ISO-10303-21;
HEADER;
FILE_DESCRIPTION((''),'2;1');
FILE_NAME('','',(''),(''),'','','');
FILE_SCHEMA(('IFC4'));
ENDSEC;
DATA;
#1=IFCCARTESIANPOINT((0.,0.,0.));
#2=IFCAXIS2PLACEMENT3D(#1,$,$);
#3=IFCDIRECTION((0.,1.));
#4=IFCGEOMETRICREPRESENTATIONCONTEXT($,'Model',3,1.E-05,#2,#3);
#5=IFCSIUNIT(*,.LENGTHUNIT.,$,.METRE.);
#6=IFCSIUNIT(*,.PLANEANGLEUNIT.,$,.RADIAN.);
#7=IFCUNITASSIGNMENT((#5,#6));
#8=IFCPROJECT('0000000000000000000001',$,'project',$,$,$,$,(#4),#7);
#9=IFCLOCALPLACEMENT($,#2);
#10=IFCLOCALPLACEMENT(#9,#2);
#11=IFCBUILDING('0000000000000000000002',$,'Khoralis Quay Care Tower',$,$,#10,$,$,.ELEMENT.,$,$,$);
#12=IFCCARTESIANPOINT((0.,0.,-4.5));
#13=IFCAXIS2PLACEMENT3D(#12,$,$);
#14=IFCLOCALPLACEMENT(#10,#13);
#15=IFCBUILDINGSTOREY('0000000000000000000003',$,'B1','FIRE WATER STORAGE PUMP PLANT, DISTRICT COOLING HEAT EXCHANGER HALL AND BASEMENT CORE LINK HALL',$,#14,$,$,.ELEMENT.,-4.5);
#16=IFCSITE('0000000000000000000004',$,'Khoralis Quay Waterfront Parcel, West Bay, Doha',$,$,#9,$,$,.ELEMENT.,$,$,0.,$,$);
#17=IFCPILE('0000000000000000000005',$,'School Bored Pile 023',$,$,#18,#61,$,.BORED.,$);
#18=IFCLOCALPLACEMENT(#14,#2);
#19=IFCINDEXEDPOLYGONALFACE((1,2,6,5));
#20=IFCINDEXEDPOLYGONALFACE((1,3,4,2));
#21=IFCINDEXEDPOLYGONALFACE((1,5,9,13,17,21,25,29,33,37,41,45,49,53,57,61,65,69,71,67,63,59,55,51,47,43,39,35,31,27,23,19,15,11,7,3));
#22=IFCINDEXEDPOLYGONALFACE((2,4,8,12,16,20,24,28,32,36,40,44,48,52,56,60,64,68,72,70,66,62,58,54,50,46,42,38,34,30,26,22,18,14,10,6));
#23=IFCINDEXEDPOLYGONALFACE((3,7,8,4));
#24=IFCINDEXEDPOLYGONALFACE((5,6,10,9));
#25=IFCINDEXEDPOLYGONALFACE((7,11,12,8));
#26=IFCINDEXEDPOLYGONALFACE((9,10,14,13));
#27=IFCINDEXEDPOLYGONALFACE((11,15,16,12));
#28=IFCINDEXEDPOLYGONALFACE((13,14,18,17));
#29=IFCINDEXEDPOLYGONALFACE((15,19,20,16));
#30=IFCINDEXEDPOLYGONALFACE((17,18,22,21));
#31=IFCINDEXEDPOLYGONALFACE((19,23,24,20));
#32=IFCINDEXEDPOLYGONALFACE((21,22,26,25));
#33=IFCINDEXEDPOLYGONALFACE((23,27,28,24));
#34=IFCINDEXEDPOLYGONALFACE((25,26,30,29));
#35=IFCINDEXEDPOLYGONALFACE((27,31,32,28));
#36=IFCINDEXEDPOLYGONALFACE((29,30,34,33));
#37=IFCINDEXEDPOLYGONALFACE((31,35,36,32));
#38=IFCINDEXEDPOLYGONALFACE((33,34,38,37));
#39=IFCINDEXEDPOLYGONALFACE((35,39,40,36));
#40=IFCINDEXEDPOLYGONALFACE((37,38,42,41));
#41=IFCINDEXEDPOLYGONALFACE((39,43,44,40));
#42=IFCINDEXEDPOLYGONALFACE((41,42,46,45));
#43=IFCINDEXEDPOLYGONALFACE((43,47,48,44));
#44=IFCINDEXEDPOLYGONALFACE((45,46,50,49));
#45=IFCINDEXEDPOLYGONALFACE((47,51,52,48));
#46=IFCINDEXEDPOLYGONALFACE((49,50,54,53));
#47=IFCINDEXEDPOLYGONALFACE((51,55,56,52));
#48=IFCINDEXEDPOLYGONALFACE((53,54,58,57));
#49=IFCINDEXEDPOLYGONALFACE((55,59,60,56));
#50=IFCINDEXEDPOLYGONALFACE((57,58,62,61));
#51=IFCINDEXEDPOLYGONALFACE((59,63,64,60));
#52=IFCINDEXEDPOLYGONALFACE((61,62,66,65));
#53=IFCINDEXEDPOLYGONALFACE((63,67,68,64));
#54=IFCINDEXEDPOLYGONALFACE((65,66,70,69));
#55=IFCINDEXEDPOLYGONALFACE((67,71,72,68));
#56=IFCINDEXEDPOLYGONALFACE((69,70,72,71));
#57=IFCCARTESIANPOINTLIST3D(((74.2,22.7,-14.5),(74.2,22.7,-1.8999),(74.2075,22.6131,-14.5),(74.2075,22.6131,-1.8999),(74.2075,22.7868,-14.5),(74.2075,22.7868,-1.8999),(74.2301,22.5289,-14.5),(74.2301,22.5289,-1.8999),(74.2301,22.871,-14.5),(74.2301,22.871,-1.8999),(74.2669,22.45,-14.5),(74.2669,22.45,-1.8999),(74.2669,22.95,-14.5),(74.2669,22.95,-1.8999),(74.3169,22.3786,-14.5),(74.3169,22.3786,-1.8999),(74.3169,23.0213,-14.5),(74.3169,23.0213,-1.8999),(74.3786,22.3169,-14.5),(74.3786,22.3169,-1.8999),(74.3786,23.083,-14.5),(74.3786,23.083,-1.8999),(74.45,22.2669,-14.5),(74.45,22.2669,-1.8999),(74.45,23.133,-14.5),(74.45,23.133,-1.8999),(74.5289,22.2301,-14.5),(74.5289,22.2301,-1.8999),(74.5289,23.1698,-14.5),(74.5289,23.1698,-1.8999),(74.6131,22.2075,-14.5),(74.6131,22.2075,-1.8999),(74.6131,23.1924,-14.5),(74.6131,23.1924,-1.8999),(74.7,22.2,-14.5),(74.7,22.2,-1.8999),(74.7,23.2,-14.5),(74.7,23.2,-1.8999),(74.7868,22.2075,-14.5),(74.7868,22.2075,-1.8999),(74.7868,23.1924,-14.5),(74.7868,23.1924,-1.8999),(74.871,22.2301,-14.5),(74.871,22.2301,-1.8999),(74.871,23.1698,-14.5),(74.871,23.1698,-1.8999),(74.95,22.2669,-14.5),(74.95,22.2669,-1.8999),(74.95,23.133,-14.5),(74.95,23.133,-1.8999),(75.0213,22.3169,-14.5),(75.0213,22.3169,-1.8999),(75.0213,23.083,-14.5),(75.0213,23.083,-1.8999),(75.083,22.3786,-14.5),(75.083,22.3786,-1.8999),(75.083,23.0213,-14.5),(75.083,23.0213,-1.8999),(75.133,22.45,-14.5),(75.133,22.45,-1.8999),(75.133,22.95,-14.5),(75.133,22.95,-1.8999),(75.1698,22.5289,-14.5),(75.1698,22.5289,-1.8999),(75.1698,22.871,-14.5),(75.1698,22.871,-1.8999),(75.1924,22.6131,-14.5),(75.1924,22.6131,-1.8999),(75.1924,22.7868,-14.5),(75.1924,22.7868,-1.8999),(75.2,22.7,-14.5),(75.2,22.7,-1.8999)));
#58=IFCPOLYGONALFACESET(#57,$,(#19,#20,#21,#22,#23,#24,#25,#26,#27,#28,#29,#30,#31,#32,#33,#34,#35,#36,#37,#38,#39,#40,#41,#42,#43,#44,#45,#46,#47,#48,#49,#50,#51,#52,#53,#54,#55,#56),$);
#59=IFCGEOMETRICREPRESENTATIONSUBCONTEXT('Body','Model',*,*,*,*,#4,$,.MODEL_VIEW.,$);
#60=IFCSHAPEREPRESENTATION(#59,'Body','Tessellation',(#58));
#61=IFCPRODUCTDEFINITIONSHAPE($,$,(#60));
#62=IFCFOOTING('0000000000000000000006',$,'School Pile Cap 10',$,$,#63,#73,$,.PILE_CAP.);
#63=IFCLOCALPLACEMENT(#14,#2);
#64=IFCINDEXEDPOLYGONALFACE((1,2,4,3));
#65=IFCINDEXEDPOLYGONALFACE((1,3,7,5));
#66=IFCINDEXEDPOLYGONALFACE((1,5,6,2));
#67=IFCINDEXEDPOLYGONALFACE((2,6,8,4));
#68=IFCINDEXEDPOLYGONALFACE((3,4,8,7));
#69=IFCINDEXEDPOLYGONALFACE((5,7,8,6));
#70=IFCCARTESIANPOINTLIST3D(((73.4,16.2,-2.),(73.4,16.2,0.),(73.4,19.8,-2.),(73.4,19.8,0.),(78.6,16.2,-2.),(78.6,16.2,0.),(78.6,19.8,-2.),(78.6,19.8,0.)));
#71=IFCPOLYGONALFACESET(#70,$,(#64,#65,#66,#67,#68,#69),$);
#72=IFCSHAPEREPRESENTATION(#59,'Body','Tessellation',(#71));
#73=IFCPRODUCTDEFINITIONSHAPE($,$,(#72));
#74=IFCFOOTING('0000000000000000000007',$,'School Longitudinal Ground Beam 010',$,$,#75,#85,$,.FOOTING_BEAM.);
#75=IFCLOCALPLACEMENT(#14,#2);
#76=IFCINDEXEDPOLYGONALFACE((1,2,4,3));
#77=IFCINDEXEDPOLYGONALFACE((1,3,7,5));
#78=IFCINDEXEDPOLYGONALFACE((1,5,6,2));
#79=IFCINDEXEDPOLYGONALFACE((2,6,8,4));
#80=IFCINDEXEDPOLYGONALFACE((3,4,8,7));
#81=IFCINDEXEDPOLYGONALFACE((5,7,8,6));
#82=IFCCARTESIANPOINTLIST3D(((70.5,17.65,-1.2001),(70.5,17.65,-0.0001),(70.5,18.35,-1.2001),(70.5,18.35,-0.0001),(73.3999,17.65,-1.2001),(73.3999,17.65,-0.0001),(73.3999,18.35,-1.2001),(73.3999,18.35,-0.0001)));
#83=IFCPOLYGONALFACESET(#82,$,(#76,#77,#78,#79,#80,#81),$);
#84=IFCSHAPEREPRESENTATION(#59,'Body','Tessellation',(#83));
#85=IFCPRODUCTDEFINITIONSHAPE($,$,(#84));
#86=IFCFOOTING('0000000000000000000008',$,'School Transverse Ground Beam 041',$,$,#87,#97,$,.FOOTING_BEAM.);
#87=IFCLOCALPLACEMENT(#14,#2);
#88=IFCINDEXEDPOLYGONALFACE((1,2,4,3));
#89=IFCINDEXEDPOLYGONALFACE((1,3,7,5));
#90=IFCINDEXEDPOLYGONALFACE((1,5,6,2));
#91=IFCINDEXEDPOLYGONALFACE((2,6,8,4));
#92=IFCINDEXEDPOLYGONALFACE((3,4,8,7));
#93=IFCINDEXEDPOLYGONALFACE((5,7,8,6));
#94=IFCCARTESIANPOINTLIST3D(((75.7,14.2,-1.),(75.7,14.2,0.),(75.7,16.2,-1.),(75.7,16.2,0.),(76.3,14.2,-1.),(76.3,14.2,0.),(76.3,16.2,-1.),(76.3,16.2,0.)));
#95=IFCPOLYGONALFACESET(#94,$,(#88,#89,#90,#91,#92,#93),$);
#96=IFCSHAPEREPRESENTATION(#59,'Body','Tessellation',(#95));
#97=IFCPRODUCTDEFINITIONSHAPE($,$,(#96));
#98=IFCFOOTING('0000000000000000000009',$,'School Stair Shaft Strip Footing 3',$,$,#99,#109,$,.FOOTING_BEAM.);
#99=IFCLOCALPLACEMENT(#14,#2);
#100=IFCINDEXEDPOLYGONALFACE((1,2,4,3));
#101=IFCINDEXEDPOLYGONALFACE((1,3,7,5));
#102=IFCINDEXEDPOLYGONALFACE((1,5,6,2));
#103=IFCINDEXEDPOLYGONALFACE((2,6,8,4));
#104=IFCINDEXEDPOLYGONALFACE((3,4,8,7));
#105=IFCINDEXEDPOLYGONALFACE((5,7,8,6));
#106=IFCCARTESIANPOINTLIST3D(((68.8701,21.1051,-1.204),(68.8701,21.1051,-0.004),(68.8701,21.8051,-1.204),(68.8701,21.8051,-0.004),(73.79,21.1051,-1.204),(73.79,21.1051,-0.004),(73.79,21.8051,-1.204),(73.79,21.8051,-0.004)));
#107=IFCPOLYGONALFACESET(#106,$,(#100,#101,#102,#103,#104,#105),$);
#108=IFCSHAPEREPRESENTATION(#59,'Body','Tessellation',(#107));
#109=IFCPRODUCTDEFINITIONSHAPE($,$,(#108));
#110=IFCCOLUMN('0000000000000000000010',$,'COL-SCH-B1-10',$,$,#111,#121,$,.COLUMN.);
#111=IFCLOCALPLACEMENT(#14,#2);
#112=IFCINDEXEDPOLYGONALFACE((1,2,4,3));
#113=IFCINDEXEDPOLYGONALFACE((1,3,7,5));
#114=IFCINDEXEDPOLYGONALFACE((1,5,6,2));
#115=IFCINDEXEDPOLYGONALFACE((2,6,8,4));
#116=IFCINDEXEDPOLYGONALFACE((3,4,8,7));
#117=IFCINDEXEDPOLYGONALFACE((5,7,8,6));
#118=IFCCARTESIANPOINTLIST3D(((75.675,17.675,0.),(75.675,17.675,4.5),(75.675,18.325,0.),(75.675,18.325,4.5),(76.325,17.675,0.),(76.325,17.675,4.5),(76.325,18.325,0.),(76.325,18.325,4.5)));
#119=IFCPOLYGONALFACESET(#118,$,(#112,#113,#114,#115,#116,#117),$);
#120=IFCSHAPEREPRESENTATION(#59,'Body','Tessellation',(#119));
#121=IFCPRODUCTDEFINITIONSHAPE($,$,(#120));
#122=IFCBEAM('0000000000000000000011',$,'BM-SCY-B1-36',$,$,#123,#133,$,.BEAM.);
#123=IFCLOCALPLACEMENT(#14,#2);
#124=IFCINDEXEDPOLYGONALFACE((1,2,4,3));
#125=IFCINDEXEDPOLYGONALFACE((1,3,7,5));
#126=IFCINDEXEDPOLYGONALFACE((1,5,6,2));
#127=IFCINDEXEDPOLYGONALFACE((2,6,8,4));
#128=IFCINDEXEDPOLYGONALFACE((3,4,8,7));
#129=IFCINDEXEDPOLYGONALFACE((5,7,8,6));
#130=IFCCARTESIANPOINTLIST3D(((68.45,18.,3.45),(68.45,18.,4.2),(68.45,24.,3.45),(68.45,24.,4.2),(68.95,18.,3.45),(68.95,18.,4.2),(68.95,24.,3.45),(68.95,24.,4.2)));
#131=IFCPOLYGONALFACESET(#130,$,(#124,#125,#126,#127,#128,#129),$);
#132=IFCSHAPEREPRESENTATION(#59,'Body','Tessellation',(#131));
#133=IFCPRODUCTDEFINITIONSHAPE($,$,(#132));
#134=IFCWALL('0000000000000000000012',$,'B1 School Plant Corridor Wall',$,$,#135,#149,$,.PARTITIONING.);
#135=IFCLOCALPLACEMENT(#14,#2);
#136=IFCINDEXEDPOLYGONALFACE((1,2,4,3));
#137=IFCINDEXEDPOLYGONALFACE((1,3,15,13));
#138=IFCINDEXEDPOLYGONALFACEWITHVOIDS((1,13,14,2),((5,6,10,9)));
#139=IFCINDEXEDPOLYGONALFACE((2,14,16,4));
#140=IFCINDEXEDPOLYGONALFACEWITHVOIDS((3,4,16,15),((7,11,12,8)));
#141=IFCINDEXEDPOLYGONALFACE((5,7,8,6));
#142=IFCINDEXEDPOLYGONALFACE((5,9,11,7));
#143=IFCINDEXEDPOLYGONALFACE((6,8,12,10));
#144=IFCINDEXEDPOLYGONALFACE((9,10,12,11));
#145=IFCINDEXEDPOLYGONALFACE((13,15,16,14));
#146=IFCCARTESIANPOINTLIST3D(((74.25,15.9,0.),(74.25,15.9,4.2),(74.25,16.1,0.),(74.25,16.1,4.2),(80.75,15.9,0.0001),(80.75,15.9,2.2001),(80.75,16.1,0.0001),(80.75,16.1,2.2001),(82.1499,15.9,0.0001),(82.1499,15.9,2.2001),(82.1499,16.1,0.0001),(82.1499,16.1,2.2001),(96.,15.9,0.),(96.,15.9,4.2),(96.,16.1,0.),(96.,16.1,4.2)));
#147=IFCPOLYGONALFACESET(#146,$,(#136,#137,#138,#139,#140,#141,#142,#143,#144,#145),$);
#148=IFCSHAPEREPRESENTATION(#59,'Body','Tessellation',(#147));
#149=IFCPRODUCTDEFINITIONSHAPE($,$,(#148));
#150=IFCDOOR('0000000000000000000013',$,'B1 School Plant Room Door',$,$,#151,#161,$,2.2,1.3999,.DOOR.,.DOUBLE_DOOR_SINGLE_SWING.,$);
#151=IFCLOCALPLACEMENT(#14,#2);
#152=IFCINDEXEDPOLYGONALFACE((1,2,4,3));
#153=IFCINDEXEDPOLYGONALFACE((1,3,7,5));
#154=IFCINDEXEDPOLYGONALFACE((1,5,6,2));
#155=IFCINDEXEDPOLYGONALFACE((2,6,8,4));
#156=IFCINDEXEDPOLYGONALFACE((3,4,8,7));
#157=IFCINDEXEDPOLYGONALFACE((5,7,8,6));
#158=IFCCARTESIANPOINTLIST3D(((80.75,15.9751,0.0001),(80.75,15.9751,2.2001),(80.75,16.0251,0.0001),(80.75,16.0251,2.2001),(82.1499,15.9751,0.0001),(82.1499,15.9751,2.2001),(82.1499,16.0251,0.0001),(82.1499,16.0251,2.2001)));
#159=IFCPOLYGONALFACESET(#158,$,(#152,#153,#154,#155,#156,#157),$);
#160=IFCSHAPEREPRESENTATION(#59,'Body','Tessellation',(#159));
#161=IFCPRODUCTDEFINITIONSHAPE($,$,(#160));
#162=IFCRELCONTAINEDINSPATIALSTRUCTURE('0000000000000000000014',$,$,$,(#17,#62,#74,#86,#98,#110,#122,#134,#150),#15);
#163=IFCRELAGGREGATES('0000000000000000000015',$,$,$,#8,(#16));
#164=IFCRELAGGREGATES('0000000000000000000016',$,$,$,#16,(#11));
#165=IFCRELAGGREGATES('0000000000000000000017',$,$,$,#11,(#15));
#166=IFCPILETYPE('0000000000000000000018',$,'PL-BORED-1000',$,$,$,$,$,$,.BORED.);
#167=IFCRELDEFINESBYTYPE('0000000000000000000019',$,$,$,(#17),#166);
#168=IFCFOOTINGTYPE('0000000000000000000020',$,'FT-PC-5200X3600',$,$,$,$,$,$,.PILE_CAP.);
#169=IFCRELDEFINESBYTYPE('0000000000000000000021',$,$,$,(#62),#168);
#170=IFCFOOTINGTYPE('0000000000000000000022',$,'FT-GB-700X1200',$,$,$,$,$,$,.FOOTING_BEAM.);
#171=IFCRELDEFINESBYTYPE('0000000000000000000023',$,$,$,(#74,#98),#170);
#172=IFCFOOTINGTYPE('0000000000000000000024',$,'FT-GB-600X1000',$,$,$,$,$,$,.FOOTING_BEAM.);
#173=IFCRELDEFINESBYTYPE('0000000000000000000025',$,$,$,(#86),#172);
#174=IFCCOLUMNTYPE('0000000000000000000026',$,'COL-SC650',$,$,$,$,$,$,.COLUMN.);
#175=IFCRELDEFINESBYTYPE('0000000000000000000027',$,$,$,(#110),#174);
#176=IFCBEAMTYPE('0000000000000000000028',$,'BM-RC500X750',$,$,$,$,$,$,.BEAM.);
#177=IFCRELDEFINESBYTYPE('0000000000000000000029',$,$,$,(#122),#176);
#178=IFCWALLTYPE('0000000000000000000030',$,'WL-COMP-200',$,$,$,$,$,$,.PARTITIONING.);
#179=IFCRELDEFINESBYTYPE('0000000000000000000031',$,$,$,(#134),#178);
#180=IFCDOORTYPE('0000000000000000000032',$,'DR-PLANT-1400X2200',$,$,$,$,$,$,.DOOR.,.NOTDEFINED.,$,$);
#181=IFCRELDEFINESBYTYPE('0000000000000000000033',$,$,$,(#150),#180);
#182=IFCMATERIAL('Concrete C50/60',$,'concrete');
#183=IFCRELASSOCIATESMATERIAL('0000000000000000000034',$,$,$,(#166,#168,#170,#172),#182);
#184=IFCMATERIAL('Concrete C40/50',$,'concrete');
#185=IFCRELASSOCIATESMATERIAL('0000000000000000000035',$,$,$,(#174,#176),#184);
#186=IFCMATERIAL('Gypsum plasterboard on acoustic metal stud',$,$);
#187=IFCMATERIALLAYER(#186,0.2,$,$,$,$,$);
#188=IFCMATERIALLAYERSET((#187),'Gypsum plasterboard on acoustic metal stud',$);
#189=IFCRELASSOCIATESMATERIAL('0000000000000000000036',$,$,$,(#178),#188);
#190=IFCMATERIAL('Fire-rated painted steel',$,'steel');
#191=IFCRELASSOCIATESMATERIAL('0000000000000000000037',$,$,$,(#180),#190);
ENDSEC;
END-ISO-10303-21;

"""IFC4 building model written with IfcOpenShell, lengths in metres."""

from ifc_helpers import new_model, si_unit, direction, frame, frame_2d, origin, origin_2d, place, context, subcontext, project, spatial, rectangle, circle, extrude, source, transform, mapped, material, layer, layer_set, material_profile, profile_set, type_object, element, fill, save


model = new_model("IFC4")

# Units and contexts
model_context = context("Model", 3, precision=1e-05, world=origin(), true_north=direction((0.0, 1.0)))
body_context = subcontext(model_context, "Body", "Model", "MODEL_VIEW")
ifc_project = project(units=[si_unit("LENGTHUNIT", "METRE"), si_unit("PLANEANGLEUNIT", "RADIAN")], contexts=[model_context])

# Site, building, storey
site_placement = place(None, origin())
site = spatial("IfcSite", under=ifc_project, at=site_placement, Name="Khoralis Quay Waterfront Parcel, West Bay, Doha", CompositionType="ELEMENT", RefElevation=0.0)
building_placement = place(site_placement, origin())
building = spatial("IfcBuilding", under=site, at=building_placement, Name="Khoralis Quay Care Tower", CompositionType="ELEMENT")
storey_placement = place(building_placement, frame((0.0, 0.0, -4.5)))
storey = spatial("IfcBuildingStorey", under=building, at=storey_placement, Name="B1", Description="FIRE WATER STORAGE PUMP PLANT, DISTRICT COOLING HEAT EXCHANGER HALL AND BASEMENT CORE LINK HALL", CompositionType="ELEMENT", Elevation=-4.5)

# Pile
ifc_material_1 = material(Name="Concrete C50/60", Category="concrete")
ifc_material_profile_1 = material_profile(ifc_material_1, circle(Radius=0.5, at=origin_2d()), Name="Concrete C50/60")
ifc_profile_set_1 = profile_set([ifc_material_profile_1], Name="Concrete C50/60")
pile_type_1 = type_object("IfcPileType", Name="PL-BORED-1000", PredefinedType="BORED", material=ifc_profile_set_1)
shared_shape_1 = source(origin(), body_context, "Body", "SweptSolid", [
    extrude(circle(Radius=0.5, at=origin_2d()), origin(), (0.0, 0.0, 1.0), 12.6001),
])
for number, where, z_axis, x_axis, name in (
    (1, (74.7, 22.7, -1.8999), (0.0, 0.0, -1.0), (1.0, 0.0, 0.0), "School Bored Pile 023"),
):
    element("IfcPile", number, at=place(storey_placement, frame(where, z_axis=z_axis, x_axis=x_axis)), inside=storey, type_object=pile_type_1, Name=name, PredefinedType="BORED", context=body_context, shape_type="MappedRepresentation", body=[
        mapped(shared_shape_1, transform((0.0, 0.0, 0.0), scale=1.0)),
    ])

# Footings
footing_type_1 = type_object("IfcFootingType", Name="FT-PC-5200X3600", PredefinedType="PILE_CAP", material=ifc_material_1)
shared_shape_2 = source(origin(), body_context, "Body", "SweptSolid", [
    extrude(rectangle(XDim=5.2, YDim=3.6001, at=origin_2d()), origin(), (0.0, 0.0, 1.0), 2.0),
])
footing_1_placement = place(storey_placement, frame((76.0, 18.0, -2.0), z_axis=(0.0, 0.0, 1.0), x_axis=(1.0, 0.0, 0.0)))
element("IfcFooting", 2, at=footing_1_placement, inside=storey, type_object=footing_type_1, Name="School Pile Cap 10", PredefinedType="PILE_CAP", context=body_context, shape_type="MappedRepresentation", body=[
    mapped(shared_shape_2, transform((0.0, 0.0, 0.0), scale=1.0)),
])
ifc_material_profile_2 = material_profile(ifc_material_1, rectangle(XDim=0.7, YDim=1.2, at=origin_2d()), Name="Concrete C50/60")
ifc_profile_set_2 = profile_set([ifc_material_profile_2], Name="Concrete C50/60")
footing_type_2 = type_object("IfcFootingType", Name="FT-GB-700X1200", PredefinedType="FOOTING_BEAM", material=ifc_profile_set_2)
shared_shape_3 = source(origin(), body_context, "Body", "SweptSolid", [
    extrude(rectangle(XDim=0.7, YDim=1.2, at=origin_2d()), origin(), (0.0, 0.0, 1.0), 2.8999),
])
footing_2_placement = place(storey_placement, frame((70.5, 18.0, -0.6001), z_axis=(1.0, 0.0, 0.0), x_axis=(0.0, 1.0, 0.0)))
element("IfcFooting", 3, at=footing_2_placement, inside=storey, type_object=footing_type_2, Name="School Longitudinal Ground Beam 010", PredefinedType="FOOTING_BEAM", context=body_context, shape_type="MappedRepresentation", body=[
    mapped(shared_shape_3, transform((0.0, 0.0, 0.0), scale=1.0)),
])
ifc_material_profile_3 = material_profile(ifc_material_1, rectangle(XDim=0.6001, YDim=1.0, at=origin_2d()), Name="Concrete C50/60")
ifc_profile_set_3 = profile_set([ifc_material_profile_3], Name="Concrete C50/60")
footing_type_3 = type_object("IfcFootingType", Name="FT-GB-600X1000", PredefinedType="FOOTING_BEAM", material=ifc_profile_set_3)
shared_shape_4 = source(origin(), body_context, "Body", "SweptSolid", [
    extrude(rectangle(XDim=0.6001, YDim=1.0, at=origin_2d()), origin(), (0.0, 0.0, 1.0), 2.0),
])
footing_3_placement = place(storey_placement, frame((76.0, 14.2, -0.5), z_axis=(0.0, 1.0, 0.0), x_axis=(-1.0, 0.0, 0.0)))
element("IfcFooting", 4, at=footing_3_placement, inside=storey, type_object=footing_type_3, Name="School Transverse Ground Beam 041", PredefinedType="FOOTING_BEAM", context=body_context, shape_type="MappedRepresentation", body=[
    mapped(shared_shape_4, transform((0.0, 0.0, 0.0), scale=1.0)),
])
shared_shape_5 = source(origin(), body_context, "Body", "SweptSolid", [
    extrude(rectangle(XDim=0.7, YDim=1.2, at=origin_2d()), origin(), (0.0, 0.0, 1.0), 4.9199),
])
footing_4_placement = place(storey_placement, frame((68.8701, 21.4551, -0.604), z_axis=(1.0, 0.0, 0.0), x_axis=(0.0, 1.0, 0.0)))
element("IfcFooting", 5, at=footing_4_placement, inside=storey, type_object=footing_type_2, Name="School Stair Shaft Strip Footing 3", PredefinedType="FOOTING_BEAM", context=body_context, shape_type="MappedRepresentation", body=[
    mapped(shared_shape_5, transform((0.0, 0.0, 0.0), scale=1.0)),
])

# Column
ifc_material_2 = material(Name="Concrete C40/50", Category="concrete")
ifc_material_profile_4 = material_profile(ifc_material_2, rectangle(XDim=0.6499, YDim=0.6499, at=origin_2d()), Name="Concrete C40/50")
ifc_profile_set_4 = profile_set([ifc_material_profile_4], Name="Concrete C40/50")
column_type = type_object("IfcColumnType", Name="COL-SC650", PredefinedType="COLUMN", material=ifc_profile_set_4)
shared_shape_6 = source(origin(), body_context, "Body", "SweptSolid", [
    extrude(rectangle(XDim=0.6499, YDim=0.6499, at=origin_2d()), origin(), (0.0, 0.0, 1.0), 4.5),
])
column_placement = place(storey_placement, frame((76.0, 18.0, 0.0), z_axis=(0.0, 0.0, 1.0), x_axis=(1.0, 0.0, 0.0)))
element("IfcColumn", 6, at=column_placement, inside=storey, type_object=column_type, Name="COL-SCH-B1-10", PredefinedType="COLUMN", context=body_context, shape_type="MappedRepresentation", body=[
    mapped(shared_shape_6, transform((0.0, 0.0, 0.0), scale=1.0)),
])

# Beam
ifc_material_profile_5 = material_profile(ifc_material_2, rectangle(XDim=0.5, YDim=0.75, at=origin_2d()), Name="Concrete C40/50")
ifc_profile_set_5 = profile_set([ifc_material_profile_5], Name="Concrete C40/50")
beam_type = type_object("IfcBeamType", Name="BM-RC500X750", PredefinedType="BEAM", material=ifc_profile_set_5)
shared_shape_7 = source(origin(), body_context, "Body", "SweptSolid", [
    extrude(rectangle(XDim=0.5, YDim=0.75, at=origin_2d()), origin(), (0.0, 0.0, 1.0), 6.0),
])
beam_placement = place(storey_placement, frame((68.7, 18.0, 3.825), z_axis=(0.0, 1.0, 0.0), x_axis=(-1.0, 0.0, 0.0)))
element("IfcBeam", 7, at=beam_placement, inside=storey, type_object=beam_type, Name="BM-SCY-B1-36", PredefinedType="BEAM", context=body_context, shape_type="MappedRepresentation", body=[
    mapped(shared_shape_7, transform((0.0, 0.0, 0.0), scale=1.0)),
])

# Wall, opening, door
ifc_material_3 = material(Name="Gypsum plasterboard on acoustic metal stud")
ifc_layer_1 = layer(ifc_material_3, 0.2)
ifc_layer_set_1 = layer_set([ifc_layer_1], Name="Gypsum plasterboard on acoustic metal stud")
wall_type_1 = type_object("IfcWallType", Name="WL-COMP-200", PredefinedType="PARTITIONING", material=ifc_layer_set_1)
wall_1_placement = place(storey_placement, frame((74.25, 16.0, 0.0), z_axis=(0.0, 0.0, 1.0), x_axis=(1.0, 0.0, 0.0)))
wall_1 = element("IfcWall", 8, at=wall_1_placement, inside=storey, type_object=wall_type_1, Name="B1 School Plant Corridor Wall", PredefinedType="PARTITIONING", context=body_context, shape_type="SweptSolid", body=[
    extrude(rectangle(XDim=21.75, YDim=0.2, at=frame_2d((10.875, 0.0))), origin(), (0.0, 0.0, 1.0), 4.2),
])
opening_placement = place(wall_1_placement, frame((6.5, 0.0, 0.0)))
opening = element("IfcOpeningElement", 9, at=opening_placement, cuts=wall_1, PredefinedType="OPENING", context=body_context, shape_type="SweptSolid", body=[
    extrude(rectangle(XDim=1.3999, YDim=2.2, at=frame_2d((0.7, 1.1001))), frame((0.0, 0.1099, 0.0), z_axis=(0.0, -1.0, 0.0), x_axis=(1.0, 0.0, 0.0)), (0.0, 0.0, 1.0), 0.22),
])
ifc_material_4 = material(Name="Fire-rated painted steel", Category="steel")
door_type = type_object("IfcDoorType", Name="DR-PLANT-1400X2200", OperationType="NOTDEFINED", PredefinedType="DOOR", material=ifc_material_4)
shared_shape_8 = source(origin(), body_context, "Body", "SweptSolid", [
    extrude(rectangle(XDim=1.3999, YDim=2.2, at=frame_2d((0.7, 1.1001))), frame((0.0, 0.0249, 0.0), z_axis=(0.0, -1.0, 0.0), x_axis=(1.0, 0.0, 0.0)), (0.0, 0.0, 1.0), 0.05),
])
door_placement = place(opening_placement, frame((1.3999, 0.0, 0.0), z_axis=(0.0, 0.0, 1.0), x_axis=(-1.0, 0.0, 0.0)))
door = element("IfcDoor", 10, at=door_placement, inside=storey, type_object=door_type, Name="B1 School Plant Room Door", OperationType="DOUBLE_DOOR_SINGLE_SWING", OverallHeight=2.2, OverallWidth=1.3999, PredefinedType="DOOR", context=body_context, shape_type="MappedRepresentation", body=[
    mapped(shared_shape_8, transform((0.0, 0.0, 0.0), scale=1.0)),
])
fill(opening, door)

save(model, "model.ifc")
